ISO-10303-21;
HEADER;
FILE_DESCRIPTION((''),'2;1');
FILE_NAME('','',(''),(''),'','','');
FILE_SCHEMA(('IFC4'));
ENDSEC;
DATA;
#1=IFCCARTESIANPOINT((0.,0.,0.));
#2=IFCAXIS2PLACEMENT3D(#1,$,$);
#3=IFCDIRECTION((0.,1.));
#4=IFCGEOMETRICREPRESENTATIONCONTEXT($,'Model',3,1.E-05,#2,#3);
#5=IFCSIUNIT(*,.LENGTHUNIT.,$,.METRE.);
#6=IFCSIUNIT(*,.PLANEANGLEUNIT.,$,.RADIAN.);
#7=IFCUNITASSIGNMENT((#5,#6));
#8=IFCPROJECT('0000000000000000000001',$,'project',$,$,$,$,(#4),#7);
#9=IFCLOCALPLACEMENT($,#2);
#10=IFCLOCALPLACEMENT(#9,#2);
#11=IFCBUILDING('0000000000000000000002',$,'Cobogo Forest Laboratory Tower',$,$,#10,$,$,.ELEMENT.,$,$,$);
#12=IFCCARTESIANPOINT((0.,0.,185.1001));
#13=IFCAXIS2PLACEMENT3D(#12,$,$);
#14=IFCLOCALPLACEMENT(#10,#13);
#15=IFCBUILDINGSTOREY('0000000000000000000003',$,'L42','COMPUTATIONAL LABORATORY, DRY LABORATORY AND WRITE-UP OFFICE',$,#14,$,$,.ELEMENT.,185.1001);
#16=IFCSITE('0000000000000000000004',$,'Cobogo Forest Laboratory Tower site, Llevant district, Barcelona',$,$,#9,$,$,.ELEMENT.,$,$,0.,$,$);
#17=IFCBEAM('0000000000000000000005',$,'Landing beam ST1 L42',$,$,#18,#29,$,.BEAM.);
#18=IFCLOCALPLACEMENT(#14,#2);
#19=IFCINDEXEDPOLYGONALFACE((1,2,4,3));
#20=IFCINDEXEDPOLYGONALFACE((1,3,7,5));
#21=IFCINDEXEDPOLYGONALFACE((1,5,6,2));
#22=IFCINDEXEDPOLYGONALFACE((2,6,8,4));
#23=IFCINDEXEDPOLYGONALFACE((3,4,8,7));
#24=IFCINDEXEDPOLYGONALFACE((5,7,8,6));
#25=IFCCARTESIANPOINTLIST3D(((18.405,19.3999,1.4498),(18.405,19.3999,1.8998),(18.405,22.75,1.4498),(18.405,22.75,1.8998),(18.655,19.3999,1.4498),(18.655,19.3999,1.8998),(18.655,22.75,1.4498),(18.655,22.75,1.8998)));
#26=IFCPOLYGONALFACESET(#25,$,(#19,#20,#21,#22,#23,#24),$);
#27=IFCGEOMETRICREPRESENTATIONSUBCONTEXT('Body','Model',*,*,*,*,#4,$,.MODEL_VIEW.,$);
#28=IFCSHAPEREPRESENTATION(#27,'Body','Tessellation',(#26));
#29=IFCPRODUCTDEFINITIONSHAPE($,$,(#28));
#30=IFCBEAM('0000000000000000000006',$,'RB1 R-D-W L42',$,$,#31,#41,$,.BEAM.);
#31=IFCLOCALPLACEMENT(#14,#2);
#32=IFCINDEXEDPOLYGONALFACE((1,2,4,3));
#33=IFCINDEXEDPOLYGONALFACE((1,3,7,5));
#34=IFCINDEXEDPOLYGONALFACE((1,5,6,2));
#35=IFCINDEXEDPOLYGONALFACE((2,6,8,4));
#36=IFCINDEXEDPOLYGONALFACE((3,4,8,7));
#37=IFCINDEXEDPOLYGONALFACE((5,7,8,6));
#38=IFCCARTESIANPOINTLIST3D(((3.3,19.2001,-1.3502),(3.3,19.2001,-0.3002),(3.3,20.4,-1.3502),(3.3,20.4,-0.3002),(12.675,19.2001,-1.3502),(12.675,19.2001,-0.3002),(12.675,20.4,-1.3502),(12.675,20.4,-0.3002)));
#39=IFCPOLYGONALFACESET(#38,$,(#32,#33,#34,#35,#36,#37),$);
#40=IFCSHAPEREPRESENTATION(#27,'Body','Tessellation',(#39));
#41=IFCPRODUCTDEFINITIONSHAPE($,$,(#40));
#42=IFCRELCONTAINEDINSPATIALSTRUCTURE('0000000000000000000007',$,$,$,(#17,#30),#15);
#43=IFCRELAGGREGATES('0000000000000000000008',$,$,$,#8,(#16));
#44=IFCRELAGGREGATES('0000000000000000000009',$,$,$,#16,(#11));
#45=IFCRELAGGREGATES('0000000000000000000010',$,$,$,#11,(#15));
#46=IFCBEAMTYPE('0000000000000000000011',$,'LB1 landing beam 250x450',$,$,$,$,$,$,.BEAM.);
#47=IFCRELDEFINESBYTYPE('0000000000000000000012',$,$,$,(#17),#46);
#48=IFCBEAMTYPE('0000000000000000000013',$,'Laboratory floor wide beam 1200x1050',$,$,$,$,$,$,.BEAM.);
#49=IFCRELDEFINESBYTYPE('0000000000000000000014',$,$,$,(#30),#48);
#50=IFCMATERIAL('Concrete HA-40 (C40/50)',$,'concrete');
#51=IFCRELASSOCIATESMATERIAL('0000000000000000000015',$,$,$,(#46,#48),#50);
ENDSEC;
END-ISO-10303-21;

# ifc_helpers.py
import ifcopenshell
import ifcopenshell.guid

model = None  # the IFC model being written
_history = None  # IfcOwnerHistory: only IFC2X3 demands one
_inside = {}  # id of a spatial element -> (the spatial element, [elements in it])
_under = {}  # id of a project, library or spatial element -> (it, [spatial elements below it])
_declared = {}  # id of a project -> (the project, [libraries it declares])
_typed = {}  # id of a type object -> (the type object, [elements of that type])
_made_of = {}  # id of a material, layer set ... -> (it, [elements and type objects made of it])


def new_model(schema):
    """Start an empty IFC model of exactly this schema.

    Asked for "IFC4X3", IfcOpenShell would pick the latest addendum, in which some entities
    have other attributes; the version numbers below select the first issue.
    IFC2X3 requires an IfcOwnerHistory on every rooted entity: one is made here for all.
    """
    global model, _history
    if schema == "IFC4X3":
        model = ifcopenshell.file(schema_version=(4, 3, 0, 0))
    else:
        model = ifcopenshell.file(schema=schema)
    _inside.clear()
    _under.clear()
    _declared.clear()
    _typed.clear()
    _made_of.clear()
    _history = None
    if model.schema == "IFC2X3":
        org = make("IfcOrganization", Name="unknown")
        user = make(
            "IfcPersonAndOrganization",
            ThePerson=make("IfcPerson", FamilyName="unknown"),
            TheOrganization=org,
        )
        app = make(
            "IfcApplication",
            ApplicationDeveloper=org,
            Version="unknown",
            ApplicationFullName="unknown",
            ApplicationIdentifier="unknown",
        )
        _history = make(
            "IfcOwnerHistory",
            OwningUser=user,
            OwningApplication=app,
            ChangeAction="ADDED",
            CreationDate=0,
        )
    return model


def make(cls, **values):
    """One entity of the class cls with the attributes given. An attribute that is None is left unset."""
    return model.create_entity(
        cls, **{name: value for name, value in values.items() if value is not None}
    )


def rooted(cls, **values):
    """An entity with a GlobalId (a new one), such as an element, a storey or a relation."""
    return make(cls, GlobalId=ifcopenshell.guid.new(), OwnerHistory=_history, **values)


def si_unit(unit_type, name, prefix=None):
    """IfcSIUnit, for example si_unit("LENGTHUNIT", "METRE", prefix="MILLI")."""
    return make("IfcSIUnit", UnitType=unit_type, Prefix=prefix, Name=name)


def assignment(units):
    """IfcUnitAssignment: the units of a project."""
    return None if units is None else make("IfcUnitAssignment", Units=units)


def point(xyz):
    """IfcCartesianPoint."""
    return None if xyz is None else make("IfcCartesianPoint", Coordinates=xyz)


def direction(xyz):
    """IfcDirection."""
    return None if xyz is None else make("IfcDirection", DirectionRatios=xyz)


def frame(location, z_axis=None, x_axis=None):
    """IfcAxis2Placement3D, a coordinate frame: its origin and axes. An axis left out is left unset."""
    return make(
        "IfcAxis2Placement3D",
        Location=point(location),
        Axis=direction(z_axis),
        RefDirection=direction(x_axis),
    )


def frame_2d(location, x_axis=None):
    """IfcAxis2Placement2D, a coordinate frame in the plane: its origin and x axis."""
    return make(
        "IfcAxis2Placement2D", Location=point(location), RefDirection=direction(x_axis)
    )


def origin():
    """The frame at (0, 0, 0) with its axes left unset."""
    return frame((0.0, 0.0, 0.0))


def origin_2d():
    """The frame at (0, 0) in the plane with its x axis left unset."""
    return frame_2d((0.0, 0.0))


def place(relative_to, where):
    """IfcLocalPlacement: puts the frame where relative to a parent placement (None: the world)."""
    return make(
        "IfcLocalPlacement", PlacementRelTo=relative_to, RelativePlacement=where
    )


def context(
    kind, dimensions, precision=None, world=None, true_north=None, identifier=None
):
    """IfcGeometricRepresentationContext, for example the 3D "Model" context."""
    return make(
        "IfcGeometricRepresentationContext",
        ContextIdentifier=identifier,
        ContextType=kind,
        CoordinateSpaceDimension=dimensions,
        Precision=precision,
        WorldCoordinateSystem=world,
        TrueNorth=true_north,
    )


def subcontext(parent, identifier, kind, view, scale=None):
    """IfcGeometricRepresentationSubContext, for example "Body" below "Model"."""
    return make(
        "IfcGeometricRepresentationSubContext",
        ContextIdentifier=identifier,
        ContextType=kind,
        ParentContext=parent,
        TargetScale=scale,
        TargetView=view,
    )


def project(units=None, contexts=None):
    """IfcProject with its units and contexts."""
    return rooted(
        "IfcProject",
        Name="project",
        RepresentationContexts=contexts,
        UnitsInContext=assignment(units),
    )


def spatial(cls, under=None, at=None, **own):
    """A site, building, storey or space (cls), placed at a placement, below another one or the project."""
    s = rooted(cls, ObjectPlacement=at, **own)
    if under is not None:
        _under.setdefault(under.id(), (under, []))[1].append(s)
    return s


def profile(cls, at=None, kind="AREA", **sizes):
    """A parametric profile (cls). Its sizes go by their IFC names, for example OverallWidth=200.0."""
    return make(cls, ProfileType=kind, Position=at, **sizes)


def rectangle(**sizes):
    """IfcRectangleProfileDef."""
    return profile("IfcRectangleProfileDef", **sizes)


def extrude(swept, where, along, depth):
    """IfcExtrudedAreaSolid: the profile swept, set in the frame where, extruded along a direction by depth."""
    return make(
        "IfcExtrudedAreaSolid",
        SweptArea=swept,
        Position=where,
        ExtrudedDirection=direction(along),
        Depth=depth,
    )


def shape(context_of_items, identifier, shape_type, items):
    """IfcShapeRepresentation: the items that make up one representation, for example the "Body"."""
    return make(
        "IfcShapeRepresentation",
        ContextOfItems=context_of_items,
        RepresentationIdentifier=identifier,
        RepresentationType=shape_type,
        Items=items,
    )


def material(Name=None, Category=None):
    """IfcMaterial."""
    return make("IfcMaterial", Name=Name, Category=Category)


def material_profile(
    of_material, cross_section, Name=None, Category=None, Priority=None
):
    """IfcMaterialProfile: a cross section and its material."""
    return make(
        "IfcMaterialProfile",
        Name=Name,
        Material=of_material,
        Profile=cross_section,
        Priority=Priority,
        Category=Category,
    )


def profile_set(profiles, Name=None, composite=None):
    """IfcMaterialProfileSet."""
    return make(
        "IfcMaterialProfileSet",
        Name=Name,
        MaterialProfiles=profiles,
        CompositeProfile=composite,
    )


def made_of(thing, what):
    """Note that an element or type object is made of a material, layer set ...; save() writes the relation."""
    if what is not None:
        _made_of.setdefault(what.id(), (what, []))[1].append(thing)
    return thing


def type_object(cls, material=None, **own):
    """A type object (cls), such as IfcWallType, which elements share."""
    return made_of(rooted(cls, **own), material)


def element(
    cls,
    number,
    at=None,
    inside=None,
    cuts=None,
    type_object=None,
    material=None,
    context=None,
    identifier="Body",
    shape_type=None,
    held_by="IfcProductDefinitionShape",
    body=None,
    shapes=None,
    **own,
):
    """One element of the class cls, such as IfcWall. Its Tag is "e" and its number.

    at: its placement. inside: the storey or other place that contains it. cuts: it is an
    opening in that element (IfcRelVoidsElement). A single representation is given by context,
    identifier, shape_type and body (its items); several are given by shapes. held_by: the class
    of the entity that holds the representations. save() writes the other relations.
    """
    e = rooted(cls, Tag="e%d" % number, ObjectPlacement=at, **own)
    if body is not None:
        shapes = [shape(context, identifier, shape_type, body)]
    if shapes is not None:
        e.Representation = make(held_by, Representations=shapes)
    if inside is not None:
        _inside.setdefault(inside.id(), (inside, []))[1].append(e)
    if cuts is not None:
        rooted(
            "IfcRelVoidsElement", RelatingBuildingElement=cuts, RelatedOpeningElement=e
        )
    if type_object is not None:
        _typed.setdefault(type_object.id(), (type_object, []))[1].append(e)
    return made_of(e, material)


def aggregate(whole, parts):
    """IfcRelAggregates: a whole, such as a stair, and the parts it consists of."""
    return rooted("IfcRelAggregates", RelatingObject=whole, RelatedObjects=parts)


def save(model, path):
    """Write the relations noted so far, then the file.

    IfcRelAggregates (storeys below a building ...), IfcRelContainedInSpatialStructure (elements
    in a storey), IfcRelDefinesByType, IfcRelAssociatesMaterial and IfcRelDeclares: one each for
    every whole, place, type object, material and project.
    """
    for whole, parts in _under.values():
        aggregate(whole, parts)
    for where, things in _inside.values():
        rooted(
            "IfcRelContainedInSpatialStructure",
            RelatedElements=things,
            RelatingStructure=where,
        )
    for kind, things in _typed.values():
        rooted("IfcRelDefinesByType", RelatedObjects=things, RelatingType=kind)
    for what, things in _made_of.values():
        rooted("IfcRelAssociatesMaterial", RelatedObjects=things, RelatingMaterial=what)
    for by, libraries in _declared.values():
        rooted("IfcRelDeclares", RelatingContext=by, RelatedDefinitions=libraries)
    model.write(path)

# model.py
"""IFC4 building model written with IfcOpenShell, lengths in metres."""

from ifc_helpers import new_model, si_unit, direction, frame, origin, origin_2d, place, context, subcontext, project, spatial, rectangle, extrude, material, material_profile, profile_set, type_object, element, save


model = new_model("IFC4")

# Units and contexts
model_context = context("Model", 3, precision=1e-05, world=origin(), true_north=direction((0.0, 1.0)))
body_context = subcontext(model_context, "Body", "Model", "MODEL_VIEW")
ifc_project = project(units=[si_unit("LENGTHUNIT", "METRE"), si_unit("PLANEANGLEUNIT", "RADIAN")], contexts=[model_context])

# Site, building, storey
site_placement = place(None, origin())
site = spatial("IfcSite", under=ifc_project, at=site_placement, Name="Cobogo Forest Laboratory Tower site, Llevant district, Barcelona", CompositionType="ELEMENT", RefElevation=0.0)
building_placement = place(site_placement, origin())
building = spatial("IfcBuilding", under=site, at=building_placement, Name="Cobogo Forest Laboratory Tower", CompositionType="ELEMENT")
storey_placement = place(building_placement, frame((0.0, 0.0, 185.1001)))
storey = spatial("IfcBuildingStorey", under=building, at=storey_placement, Name="L42", Description="COMPUTATIONAL LABORATORY, DRY LABORATORY AND WRITE-UP OFFICE", CompositionType="ELEMENT", Elevation=185.1001)

# Beams
ifc_material_1 = material(Name="Concrete HA-40 (C40/50)", Category="concrete")
ifc_material_profile_1 = material_profile(ifc_material_1, rectangle(XDim=0.25, YDim=0.45, at=origin_2d()), Name="RC 250x450")
ifc_profile_set_1 = profile_set([ifc_material_profile_1], Name="Concrete HA-40 (C40/50)")
beam_type_1 = type_object("IfcBeamType", Name="LB1 landing beam 250x450", PredefinedType="BEAM", material=ifc_profile_set_1)
beam_1_placement = place(storey_placement, frame((18.53, 19.3999, 1.6748), z_axis=(0.0, 1.0, 0.0), x_axis=(-1.0, 0.0, 0.0)))
element("IfcBeam", 1, at=beam_1_placement, inside=storey, type_object=beam_type_1, Name="Landing beam ST1 L42", PredefinedType="BEAM", context=body_context, shape_type="SweptSolid", body=[
    extrude(rectangle(XDim=0.25, YDim=0.45, at=origin_2d()), origin(), (0.0, 0.0, 1.0), 3.3501),
])
ifc_material_profile_2 = material_profile(ifc_material_1, rectangle(XDim=1.2, YDim=1.05, at=origin_2d()), Name="RC 1200x1050")
ifc_profile_set_2 = profile_set([ifc_material_profile_2], Name="Concrete HA-40 (C40/50)")
beam_type_2 = type_object("IfcBeamType", Name="Laboratory floor wide beam 1200x1050", PredefinedType="BEAM", material=ifc_profile_set_2)
beam_2_placement = place(storey_placement, frame((12.675, 19.8, -0.8252), z_axis=(-1.0, 0.0, 0.0), x_axis=(0.0, -1.0, 0.0)))
element("IfcBeam", 2, at=beam_2_placement, inside=storey, type_object=beam_type_2, Name="RB1 R-D-W L42", PredefinedType="BEAM", context=body_context, shape_type="SweptSolid", body=[
    extrude(rectangle(XDim=1.2, YDim=1.05, at=origin_2d()), origin(), (0.0, 0.0, 1.0), 9.375),
])

save(model, "model.ifc")
